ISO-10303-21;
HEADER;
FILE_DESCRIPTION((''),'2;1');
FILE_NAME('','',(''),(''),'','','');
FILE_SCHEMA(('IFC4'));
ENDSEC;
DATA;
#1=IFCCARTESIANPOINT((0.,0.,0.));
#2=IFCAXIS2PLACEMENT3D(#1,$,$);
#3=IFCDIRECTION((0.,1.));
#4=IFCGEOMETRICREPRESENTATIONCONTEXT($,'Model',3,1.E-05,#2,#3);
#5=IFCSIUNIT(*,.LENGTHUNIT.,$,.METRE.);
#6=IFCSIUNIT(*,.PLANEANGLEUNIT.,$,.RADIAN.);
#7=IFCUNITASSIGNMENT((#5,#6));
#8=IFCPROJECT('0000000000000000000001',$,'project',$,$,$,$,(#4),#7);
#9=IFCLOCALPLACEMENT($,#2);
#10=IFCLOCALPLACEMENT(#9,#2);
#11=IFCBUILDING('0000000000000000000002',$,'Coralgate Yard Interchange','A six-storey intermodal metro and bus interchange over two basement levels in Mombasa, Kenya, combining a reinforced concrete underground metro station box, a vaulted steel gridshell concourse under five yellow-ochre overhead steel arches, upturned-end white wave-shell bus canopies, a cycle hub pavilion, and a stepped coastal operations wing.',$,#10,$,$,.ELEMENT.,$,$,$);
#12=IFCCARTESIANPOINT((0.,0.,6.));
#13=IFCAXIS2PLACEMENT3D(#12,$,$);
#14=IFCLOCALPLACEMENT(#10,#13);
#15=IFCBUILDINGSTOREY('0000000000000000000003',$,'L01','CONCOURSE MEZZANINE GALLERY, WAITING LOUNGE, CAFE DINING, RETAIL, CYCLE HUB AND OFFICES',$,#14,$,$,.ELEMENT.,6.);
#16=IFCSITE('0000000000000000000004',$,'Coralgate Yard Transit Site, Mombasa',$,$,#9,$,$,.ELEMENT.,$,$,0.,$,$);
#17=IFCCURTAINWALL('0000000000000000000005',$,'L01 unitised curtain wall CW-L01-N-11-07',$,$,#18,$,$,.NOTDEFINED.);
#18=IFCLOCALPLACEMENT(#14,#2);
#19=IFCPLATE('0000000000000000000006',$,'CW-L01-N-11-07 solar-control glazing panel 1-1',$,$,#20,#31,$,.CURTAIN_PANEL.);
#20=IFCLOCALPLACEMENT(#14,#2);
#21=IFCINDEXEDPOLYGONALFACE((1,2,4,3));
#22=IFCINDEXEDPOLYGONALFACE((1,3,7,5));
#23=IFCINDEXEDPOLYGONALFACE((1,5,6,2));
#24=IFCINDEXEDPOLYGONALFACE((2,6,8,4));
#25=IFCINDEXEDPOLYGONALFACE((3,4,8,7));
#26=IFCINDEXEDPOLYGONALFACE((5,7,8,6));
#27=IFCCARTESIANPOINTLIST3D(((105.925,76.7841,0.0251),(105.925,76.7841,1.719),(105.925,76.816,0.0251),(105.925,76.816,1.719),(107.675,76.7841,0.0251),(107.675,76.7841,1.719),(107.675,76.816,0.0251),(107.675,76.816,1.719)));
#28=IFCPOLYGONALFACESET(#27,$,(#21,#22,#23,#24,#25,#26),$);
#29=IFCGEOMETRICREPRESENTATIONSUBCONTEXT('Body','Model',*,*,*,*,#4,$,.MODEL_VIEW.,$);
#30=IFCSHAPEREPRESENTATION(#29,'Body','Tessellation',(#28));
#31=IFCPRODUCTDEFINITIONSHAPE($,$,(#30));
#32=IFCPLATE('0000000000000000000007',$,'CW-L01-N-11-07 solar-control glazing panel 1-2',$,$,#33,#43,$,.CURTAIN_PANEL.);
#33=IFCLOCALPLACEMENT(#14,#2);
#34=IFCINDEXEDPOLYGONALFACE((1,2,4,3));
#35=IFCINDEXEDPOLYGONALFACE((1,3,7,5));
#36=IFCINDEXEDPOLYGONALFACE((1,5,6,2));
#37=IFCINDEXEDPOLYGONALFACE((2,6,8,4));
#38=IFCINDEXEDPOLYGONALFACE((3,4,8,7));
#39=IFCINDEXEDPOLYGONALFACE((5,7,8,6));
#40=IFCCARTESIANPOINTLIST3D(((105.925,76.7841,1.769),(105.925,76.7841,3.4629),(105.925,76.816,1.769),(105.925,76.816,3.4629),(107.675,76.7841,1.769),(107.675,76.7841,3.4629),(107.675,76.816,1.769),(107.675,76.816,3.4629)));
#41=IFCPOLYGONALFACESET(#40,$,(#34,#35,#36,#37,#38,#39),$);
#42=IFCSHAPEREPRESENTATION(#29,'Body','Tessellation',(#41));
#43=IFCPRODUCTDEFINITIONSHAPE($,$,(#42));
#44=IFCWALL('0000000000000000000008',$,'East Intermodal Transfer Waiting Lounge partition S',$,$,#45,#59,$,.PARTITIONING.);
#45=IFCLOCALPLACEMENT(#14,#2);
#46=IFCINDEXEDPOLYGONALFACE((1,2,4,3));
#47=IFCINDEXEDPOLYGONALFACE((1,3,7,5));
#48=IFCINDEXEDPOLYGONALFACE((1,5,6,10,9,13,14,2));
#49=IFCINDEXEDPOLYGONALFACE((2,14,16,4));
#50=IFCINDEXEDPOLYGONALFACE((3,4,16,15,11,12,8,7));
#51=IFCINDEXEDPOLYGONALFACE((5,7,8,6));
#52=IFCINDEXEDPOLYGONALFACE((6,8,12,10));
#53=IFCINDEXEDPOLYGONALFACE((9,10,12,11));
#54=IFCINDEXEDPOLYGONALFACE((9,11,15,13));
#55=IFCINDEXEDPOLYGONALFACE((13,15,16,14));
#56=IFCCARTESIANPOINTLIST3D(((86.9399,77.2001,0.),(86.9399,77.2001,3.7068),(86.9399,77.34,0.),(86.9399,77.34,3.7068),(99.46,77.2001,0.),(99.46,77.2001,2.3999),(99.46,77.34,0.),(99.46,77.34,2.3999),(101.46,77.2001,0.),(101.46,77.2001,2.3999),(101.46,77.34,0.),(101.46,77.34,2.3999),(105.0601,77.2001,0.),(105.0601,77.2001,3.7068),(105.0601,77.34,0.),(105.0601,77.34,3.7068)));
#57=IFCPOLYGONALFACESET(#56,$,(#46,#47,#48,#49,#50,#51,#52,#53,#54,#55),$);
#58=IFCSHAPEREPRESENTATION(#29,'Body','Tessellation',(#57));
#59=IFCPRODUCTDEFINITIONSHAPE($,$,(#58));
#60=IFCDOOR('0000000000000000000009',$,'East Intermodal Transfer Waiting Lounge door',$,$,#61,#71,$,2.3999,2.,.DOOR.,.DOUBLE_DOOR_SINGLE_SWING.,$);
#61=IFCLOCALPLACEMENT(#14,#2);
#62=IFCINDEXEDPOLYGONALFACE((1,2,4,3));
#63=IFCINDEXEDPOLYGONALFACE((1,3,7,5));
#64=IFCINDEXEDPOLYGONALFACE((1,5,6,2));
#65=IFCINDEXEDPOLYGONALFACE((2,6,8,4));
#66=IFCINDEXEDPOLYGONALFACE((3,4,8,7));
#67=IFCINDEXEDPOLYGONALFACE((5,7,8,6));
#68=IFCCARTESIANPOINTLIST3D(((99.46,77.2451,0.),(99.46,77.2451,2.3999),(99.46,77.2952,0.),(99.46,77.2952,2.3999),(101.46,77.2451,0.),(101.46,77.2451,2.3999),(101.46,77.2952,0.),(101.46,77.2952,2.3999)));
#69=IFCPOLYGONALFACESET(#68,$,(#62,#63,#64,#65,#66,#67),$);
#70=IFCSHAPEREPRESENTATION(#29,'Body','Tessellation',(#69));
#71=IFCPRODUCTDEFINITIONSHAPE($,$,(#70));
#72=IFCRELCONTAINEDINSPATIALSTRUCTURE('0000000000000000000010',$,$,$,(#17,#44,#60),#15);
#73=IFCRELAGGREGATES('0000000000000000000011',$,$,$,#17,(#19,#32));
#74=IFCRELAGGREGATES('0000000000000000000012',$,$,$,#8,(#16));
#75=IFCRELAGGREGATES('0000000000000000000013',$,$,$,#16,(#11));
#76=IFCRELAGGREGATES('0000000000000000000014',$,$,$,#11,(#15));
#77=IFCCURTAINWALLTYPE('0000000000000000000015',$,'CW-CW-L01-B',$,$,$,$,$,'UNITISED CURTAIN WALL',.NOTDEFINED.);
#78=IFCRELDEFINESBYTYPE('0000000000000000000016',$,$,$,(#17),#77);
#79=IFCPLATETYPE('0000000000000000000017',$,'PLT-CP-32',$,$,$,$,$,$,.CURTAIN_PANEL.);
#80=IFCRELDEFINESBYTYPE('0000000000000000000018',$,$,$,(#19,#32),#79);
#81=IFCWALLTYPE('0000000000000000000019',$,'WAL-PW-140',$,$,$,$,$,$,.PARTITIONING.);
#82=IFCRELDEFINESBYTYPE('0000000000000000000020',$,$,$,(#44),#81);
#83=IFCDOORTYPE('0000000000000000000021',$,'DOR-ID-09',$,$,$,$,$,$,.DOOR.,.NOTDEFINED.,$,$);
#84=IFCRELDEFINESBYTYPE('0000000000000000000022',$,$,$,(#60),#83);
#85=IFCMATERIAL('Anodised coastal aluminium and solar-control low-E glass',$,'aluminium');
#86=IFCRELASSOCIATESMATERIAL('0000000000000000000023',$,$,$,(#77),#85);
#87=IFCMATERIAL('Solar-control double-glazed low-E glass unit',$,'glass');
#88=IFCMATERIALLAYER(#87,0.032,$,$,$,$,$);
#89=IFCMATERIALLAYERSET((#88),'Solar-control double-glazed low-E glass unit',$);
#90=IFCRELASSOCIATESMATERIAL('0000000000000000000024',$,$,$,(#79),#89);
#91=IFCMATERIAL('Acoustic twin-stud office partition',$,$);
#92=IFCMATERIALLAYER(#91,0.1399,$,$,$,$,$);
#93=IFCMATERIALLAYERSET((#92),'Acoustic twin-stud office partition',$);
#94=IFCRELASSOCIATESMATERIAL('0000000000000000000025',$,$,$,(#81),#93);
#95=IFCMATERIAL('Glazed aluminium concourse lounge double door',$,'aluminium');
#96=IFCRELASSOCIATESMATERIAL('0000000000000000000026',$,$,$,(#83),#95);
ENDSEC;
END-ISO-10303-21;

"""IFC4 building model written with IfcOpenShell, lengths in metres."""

from ifc_helpers import new_model, si_unit, direction, frame, frame_2d, origin, origin_2d, place, context, subcontext, project, spatial, rectangle, extrude, material, layer, layer_set, type_object, element, fill, aggregate, save


model = new_model("IFC4")

# Units and contexts
model_context = context("Model", 3, precision=1e-05, world=origin(), true_north=direction((0.0, 1.0)))
body_context = subcontext(model_context, "Body", "Model", "MODEL_VIEW")
ifc_project = project(units=[si_unit("LENGTHUNIT", "METRE"), si_unit("PLANEANGLEUNIT", "RADIAN")], contexts=[model_context])

# Site, building, storey
site_placement = place(None, origin())
site = spatial("IfcSite", under=ifc_project, at=site_placement, Name="Coralgate Yard Transit Site, Mombasa", CompositionType="ELEMENT", RefElevation=0.0)
building_placement = place(site_placement, origin())
building = spatial("IfcBuilding", under=site, at=building_placement, Name="Coralgate Yard Interchange", Description="A six-storey intermodal metro and bus interchange over two basement levels in Mombasa, Kenya, combining a reinforced concrete underground metro station box, a vaulted steel gridshell concourse under five yellow-ochre overhead steel arches, upturned-end white wave-shell bus canopies, a cycle hub pavilion, and a stepped coastal operations wing.", CompositionType="ELEMENT")
storey_placement = place(building_placement, frame((0.0, 0.0, 6.0)))
storey = spatial("IfcBuildingStorey", under=building, at=storey_placement, Name="L01", Description="CONCOURSE MEZZANINE GALLERY, WAITING LOUNGE, CAFE DINING, RETAIL, CYCLE HUB AND OFFICES", CompositionType="ELEMENT", Elevation=6.0)

# Curtain wall
ifc_material_1 = material(Name="Anodised coastal aluminium and solar-control low-E glass", Category="aluminium")
curtain_wall_type = type_object("IfcCurtainWallType", Name="CW-CW-L01-B", ElementType="UNITISED CURTAIN WALL", PredefinedType="NOTDEFINED", material=ifc_material_1)
curtain_wall_1_placement = place(storey_placement, origin())
curtain_wall_1 = element("IfcCurtainWall", 1, at=curtain_wall_1_placement, inside=storey, type_object=curtain_wall_type, Name="L01 unitised curtain wall CW-L01-N-11-07", PredefinedType="NOTDEFINED")

# Plates
ifc_material_2 = material(Name="Solar-control double-glazed low-E glass unit", Category="glass")
ifc_layer_1 = layer(ifc_material_2, 0.032)
ifc_layer_set_1 = layer_set([ifc_layer_1], Name="Solar-control double-glazed low-E glass unit")
plate_type = type_object("IfcPlateType", Name="PLT-CP-32", PredefinedType="CURTAIN_PANEL", material=ifc_layer_set_1)
plate_1_placement = place(storey_placement, frame((106.8, 76.8, 0.0251), z_axis=(0.0, 0.0, 1.0), x_axis=(1.0, 0.0, 0.0)))
plate_1 = element("IfcPlate", 2, at=plate_1_placement, type_object=plate_type, Name="CW-L01-N-11-07 solar-control glazing panel 1-1", PredefinedType="CURTAIN_PANEL", context=body_context, shape_type="SweptSolid", body=[
    extrude(rectangle(XDim=1.75, YDim=0.032, at=origin_2d()), origin(), (0.0, 0.0, 1.0), 1.6938),
])
plate_2_placement = place(storey_placement, frame((106.8, 76.8, 1.769), z_axis=(0.0, 0.0, 1.0), x_axis=(1.0, 0.0, 0.0)))
plate_2 = element("IfcPlate", 3, at=plate_2_placement, type_object=plate_type, Name="CW-L01-N-11-07 solar-control glazing panel 1-2", PredefinedType="CURTAIN_PANEL", context=body_context, shape_type="SweptSolid", body=[
    extrude(rectangle(XDim=1.75, YDim=0.032, at=origin_2d()), origin(), (0.0, 0.0, 1.0), 1.6938),
])
aggregate(curtain_wall_1, [plate_1, plate_2])

# Wall, opening, door
ifc_material_3 = material(Name="Acoustic twin-stud office partition")
ifc_layer_2 = layer(ifc_material_3, 0.1399)
ifc_layer_set_2 = layer_set([ifc_layer_2], Name="Acoustic twin-stud office partition")
wall_type = type_object("IfcWallType", Name="WAL-PW-140", PredefinedType="PARTITIONING", material=ifc_layer_set_2)
wall_placement = place(storey_placement, frame((105.0601, 77.27, 0.0), z_axis=(0.0, 0.0, 1.0), x_axis=(-1.0, 0.0, 0.0)))
wall = element("IfcWall", 4, at=wall_placement, inside=storey, type_object=wall_type, Name="East Intermodal Transfer Waiting Lounge partition S", PredefinedType="PARTITIONING", context=body_context, shape_type="SweptSolid", body=[
    extrude(rectangle(XDim=18.1201, YDim=0.1399, at=frame_2d((9.0601, 0.0))), origin(), (0.0, 0.0, 1.0), 3.7068),
])
opening_placement = place(wall_placement, frame((3.6001, 0.0, 0.0)))
opening = element("IfcOpeningElement", 5, at=opening_placement, cuts=wall, PredefinedType="OPENING", context=body_context, shape_type="SweptSolid", body=[
    extrude(rectangle(XDim=2.0, YDim=2.3999, at=frame_2d((1.0, 1.2))), frame((0.0, 0.0798, 0.0), z_axis=(0.0, -1.0, 0.0), x_axis=(1.0, 0.0, 0.0)), (0.0, 0.0, 1.0), 0.1599),
])
ifc_material_4 = material(Name="Glazed aluminium concourse lounge double door", Category="aluminium")
door_type = type_object("IfcDoorType", Name="DOR-ID-09", OperationType="NOTDEFINED", PredefinedType="DOOR", material=ifc_material_4)
door_placement = place(opening_placement, origin())
door = element("IfcDoor", 6, at=door_placement, inside=storey, type_object=door_type, Name="East Intermodal Transfer Waiting Lounge door", OperationType="DOUBLE_DOOR_SINGLE_SWING", OverallHeight=2.3999, OverallWidth=2.0, PredefinedType="DOOR", context=body_context, shape_type="SweptSolid", body=[
    extrude(rectangle(XDim=2.0, YDim=2.3999, at=frame_2d((1.0, 1.2))), frame((0.0, 0.0249, 0.0), z_axis=(0.0, -1.0, 0.0), x_axis=(1.0, 0.0, 0.0)), (0.0, 0.0, 1.0), 0.05),
])
fill(opening, door)

save(model, "model.ifc")
